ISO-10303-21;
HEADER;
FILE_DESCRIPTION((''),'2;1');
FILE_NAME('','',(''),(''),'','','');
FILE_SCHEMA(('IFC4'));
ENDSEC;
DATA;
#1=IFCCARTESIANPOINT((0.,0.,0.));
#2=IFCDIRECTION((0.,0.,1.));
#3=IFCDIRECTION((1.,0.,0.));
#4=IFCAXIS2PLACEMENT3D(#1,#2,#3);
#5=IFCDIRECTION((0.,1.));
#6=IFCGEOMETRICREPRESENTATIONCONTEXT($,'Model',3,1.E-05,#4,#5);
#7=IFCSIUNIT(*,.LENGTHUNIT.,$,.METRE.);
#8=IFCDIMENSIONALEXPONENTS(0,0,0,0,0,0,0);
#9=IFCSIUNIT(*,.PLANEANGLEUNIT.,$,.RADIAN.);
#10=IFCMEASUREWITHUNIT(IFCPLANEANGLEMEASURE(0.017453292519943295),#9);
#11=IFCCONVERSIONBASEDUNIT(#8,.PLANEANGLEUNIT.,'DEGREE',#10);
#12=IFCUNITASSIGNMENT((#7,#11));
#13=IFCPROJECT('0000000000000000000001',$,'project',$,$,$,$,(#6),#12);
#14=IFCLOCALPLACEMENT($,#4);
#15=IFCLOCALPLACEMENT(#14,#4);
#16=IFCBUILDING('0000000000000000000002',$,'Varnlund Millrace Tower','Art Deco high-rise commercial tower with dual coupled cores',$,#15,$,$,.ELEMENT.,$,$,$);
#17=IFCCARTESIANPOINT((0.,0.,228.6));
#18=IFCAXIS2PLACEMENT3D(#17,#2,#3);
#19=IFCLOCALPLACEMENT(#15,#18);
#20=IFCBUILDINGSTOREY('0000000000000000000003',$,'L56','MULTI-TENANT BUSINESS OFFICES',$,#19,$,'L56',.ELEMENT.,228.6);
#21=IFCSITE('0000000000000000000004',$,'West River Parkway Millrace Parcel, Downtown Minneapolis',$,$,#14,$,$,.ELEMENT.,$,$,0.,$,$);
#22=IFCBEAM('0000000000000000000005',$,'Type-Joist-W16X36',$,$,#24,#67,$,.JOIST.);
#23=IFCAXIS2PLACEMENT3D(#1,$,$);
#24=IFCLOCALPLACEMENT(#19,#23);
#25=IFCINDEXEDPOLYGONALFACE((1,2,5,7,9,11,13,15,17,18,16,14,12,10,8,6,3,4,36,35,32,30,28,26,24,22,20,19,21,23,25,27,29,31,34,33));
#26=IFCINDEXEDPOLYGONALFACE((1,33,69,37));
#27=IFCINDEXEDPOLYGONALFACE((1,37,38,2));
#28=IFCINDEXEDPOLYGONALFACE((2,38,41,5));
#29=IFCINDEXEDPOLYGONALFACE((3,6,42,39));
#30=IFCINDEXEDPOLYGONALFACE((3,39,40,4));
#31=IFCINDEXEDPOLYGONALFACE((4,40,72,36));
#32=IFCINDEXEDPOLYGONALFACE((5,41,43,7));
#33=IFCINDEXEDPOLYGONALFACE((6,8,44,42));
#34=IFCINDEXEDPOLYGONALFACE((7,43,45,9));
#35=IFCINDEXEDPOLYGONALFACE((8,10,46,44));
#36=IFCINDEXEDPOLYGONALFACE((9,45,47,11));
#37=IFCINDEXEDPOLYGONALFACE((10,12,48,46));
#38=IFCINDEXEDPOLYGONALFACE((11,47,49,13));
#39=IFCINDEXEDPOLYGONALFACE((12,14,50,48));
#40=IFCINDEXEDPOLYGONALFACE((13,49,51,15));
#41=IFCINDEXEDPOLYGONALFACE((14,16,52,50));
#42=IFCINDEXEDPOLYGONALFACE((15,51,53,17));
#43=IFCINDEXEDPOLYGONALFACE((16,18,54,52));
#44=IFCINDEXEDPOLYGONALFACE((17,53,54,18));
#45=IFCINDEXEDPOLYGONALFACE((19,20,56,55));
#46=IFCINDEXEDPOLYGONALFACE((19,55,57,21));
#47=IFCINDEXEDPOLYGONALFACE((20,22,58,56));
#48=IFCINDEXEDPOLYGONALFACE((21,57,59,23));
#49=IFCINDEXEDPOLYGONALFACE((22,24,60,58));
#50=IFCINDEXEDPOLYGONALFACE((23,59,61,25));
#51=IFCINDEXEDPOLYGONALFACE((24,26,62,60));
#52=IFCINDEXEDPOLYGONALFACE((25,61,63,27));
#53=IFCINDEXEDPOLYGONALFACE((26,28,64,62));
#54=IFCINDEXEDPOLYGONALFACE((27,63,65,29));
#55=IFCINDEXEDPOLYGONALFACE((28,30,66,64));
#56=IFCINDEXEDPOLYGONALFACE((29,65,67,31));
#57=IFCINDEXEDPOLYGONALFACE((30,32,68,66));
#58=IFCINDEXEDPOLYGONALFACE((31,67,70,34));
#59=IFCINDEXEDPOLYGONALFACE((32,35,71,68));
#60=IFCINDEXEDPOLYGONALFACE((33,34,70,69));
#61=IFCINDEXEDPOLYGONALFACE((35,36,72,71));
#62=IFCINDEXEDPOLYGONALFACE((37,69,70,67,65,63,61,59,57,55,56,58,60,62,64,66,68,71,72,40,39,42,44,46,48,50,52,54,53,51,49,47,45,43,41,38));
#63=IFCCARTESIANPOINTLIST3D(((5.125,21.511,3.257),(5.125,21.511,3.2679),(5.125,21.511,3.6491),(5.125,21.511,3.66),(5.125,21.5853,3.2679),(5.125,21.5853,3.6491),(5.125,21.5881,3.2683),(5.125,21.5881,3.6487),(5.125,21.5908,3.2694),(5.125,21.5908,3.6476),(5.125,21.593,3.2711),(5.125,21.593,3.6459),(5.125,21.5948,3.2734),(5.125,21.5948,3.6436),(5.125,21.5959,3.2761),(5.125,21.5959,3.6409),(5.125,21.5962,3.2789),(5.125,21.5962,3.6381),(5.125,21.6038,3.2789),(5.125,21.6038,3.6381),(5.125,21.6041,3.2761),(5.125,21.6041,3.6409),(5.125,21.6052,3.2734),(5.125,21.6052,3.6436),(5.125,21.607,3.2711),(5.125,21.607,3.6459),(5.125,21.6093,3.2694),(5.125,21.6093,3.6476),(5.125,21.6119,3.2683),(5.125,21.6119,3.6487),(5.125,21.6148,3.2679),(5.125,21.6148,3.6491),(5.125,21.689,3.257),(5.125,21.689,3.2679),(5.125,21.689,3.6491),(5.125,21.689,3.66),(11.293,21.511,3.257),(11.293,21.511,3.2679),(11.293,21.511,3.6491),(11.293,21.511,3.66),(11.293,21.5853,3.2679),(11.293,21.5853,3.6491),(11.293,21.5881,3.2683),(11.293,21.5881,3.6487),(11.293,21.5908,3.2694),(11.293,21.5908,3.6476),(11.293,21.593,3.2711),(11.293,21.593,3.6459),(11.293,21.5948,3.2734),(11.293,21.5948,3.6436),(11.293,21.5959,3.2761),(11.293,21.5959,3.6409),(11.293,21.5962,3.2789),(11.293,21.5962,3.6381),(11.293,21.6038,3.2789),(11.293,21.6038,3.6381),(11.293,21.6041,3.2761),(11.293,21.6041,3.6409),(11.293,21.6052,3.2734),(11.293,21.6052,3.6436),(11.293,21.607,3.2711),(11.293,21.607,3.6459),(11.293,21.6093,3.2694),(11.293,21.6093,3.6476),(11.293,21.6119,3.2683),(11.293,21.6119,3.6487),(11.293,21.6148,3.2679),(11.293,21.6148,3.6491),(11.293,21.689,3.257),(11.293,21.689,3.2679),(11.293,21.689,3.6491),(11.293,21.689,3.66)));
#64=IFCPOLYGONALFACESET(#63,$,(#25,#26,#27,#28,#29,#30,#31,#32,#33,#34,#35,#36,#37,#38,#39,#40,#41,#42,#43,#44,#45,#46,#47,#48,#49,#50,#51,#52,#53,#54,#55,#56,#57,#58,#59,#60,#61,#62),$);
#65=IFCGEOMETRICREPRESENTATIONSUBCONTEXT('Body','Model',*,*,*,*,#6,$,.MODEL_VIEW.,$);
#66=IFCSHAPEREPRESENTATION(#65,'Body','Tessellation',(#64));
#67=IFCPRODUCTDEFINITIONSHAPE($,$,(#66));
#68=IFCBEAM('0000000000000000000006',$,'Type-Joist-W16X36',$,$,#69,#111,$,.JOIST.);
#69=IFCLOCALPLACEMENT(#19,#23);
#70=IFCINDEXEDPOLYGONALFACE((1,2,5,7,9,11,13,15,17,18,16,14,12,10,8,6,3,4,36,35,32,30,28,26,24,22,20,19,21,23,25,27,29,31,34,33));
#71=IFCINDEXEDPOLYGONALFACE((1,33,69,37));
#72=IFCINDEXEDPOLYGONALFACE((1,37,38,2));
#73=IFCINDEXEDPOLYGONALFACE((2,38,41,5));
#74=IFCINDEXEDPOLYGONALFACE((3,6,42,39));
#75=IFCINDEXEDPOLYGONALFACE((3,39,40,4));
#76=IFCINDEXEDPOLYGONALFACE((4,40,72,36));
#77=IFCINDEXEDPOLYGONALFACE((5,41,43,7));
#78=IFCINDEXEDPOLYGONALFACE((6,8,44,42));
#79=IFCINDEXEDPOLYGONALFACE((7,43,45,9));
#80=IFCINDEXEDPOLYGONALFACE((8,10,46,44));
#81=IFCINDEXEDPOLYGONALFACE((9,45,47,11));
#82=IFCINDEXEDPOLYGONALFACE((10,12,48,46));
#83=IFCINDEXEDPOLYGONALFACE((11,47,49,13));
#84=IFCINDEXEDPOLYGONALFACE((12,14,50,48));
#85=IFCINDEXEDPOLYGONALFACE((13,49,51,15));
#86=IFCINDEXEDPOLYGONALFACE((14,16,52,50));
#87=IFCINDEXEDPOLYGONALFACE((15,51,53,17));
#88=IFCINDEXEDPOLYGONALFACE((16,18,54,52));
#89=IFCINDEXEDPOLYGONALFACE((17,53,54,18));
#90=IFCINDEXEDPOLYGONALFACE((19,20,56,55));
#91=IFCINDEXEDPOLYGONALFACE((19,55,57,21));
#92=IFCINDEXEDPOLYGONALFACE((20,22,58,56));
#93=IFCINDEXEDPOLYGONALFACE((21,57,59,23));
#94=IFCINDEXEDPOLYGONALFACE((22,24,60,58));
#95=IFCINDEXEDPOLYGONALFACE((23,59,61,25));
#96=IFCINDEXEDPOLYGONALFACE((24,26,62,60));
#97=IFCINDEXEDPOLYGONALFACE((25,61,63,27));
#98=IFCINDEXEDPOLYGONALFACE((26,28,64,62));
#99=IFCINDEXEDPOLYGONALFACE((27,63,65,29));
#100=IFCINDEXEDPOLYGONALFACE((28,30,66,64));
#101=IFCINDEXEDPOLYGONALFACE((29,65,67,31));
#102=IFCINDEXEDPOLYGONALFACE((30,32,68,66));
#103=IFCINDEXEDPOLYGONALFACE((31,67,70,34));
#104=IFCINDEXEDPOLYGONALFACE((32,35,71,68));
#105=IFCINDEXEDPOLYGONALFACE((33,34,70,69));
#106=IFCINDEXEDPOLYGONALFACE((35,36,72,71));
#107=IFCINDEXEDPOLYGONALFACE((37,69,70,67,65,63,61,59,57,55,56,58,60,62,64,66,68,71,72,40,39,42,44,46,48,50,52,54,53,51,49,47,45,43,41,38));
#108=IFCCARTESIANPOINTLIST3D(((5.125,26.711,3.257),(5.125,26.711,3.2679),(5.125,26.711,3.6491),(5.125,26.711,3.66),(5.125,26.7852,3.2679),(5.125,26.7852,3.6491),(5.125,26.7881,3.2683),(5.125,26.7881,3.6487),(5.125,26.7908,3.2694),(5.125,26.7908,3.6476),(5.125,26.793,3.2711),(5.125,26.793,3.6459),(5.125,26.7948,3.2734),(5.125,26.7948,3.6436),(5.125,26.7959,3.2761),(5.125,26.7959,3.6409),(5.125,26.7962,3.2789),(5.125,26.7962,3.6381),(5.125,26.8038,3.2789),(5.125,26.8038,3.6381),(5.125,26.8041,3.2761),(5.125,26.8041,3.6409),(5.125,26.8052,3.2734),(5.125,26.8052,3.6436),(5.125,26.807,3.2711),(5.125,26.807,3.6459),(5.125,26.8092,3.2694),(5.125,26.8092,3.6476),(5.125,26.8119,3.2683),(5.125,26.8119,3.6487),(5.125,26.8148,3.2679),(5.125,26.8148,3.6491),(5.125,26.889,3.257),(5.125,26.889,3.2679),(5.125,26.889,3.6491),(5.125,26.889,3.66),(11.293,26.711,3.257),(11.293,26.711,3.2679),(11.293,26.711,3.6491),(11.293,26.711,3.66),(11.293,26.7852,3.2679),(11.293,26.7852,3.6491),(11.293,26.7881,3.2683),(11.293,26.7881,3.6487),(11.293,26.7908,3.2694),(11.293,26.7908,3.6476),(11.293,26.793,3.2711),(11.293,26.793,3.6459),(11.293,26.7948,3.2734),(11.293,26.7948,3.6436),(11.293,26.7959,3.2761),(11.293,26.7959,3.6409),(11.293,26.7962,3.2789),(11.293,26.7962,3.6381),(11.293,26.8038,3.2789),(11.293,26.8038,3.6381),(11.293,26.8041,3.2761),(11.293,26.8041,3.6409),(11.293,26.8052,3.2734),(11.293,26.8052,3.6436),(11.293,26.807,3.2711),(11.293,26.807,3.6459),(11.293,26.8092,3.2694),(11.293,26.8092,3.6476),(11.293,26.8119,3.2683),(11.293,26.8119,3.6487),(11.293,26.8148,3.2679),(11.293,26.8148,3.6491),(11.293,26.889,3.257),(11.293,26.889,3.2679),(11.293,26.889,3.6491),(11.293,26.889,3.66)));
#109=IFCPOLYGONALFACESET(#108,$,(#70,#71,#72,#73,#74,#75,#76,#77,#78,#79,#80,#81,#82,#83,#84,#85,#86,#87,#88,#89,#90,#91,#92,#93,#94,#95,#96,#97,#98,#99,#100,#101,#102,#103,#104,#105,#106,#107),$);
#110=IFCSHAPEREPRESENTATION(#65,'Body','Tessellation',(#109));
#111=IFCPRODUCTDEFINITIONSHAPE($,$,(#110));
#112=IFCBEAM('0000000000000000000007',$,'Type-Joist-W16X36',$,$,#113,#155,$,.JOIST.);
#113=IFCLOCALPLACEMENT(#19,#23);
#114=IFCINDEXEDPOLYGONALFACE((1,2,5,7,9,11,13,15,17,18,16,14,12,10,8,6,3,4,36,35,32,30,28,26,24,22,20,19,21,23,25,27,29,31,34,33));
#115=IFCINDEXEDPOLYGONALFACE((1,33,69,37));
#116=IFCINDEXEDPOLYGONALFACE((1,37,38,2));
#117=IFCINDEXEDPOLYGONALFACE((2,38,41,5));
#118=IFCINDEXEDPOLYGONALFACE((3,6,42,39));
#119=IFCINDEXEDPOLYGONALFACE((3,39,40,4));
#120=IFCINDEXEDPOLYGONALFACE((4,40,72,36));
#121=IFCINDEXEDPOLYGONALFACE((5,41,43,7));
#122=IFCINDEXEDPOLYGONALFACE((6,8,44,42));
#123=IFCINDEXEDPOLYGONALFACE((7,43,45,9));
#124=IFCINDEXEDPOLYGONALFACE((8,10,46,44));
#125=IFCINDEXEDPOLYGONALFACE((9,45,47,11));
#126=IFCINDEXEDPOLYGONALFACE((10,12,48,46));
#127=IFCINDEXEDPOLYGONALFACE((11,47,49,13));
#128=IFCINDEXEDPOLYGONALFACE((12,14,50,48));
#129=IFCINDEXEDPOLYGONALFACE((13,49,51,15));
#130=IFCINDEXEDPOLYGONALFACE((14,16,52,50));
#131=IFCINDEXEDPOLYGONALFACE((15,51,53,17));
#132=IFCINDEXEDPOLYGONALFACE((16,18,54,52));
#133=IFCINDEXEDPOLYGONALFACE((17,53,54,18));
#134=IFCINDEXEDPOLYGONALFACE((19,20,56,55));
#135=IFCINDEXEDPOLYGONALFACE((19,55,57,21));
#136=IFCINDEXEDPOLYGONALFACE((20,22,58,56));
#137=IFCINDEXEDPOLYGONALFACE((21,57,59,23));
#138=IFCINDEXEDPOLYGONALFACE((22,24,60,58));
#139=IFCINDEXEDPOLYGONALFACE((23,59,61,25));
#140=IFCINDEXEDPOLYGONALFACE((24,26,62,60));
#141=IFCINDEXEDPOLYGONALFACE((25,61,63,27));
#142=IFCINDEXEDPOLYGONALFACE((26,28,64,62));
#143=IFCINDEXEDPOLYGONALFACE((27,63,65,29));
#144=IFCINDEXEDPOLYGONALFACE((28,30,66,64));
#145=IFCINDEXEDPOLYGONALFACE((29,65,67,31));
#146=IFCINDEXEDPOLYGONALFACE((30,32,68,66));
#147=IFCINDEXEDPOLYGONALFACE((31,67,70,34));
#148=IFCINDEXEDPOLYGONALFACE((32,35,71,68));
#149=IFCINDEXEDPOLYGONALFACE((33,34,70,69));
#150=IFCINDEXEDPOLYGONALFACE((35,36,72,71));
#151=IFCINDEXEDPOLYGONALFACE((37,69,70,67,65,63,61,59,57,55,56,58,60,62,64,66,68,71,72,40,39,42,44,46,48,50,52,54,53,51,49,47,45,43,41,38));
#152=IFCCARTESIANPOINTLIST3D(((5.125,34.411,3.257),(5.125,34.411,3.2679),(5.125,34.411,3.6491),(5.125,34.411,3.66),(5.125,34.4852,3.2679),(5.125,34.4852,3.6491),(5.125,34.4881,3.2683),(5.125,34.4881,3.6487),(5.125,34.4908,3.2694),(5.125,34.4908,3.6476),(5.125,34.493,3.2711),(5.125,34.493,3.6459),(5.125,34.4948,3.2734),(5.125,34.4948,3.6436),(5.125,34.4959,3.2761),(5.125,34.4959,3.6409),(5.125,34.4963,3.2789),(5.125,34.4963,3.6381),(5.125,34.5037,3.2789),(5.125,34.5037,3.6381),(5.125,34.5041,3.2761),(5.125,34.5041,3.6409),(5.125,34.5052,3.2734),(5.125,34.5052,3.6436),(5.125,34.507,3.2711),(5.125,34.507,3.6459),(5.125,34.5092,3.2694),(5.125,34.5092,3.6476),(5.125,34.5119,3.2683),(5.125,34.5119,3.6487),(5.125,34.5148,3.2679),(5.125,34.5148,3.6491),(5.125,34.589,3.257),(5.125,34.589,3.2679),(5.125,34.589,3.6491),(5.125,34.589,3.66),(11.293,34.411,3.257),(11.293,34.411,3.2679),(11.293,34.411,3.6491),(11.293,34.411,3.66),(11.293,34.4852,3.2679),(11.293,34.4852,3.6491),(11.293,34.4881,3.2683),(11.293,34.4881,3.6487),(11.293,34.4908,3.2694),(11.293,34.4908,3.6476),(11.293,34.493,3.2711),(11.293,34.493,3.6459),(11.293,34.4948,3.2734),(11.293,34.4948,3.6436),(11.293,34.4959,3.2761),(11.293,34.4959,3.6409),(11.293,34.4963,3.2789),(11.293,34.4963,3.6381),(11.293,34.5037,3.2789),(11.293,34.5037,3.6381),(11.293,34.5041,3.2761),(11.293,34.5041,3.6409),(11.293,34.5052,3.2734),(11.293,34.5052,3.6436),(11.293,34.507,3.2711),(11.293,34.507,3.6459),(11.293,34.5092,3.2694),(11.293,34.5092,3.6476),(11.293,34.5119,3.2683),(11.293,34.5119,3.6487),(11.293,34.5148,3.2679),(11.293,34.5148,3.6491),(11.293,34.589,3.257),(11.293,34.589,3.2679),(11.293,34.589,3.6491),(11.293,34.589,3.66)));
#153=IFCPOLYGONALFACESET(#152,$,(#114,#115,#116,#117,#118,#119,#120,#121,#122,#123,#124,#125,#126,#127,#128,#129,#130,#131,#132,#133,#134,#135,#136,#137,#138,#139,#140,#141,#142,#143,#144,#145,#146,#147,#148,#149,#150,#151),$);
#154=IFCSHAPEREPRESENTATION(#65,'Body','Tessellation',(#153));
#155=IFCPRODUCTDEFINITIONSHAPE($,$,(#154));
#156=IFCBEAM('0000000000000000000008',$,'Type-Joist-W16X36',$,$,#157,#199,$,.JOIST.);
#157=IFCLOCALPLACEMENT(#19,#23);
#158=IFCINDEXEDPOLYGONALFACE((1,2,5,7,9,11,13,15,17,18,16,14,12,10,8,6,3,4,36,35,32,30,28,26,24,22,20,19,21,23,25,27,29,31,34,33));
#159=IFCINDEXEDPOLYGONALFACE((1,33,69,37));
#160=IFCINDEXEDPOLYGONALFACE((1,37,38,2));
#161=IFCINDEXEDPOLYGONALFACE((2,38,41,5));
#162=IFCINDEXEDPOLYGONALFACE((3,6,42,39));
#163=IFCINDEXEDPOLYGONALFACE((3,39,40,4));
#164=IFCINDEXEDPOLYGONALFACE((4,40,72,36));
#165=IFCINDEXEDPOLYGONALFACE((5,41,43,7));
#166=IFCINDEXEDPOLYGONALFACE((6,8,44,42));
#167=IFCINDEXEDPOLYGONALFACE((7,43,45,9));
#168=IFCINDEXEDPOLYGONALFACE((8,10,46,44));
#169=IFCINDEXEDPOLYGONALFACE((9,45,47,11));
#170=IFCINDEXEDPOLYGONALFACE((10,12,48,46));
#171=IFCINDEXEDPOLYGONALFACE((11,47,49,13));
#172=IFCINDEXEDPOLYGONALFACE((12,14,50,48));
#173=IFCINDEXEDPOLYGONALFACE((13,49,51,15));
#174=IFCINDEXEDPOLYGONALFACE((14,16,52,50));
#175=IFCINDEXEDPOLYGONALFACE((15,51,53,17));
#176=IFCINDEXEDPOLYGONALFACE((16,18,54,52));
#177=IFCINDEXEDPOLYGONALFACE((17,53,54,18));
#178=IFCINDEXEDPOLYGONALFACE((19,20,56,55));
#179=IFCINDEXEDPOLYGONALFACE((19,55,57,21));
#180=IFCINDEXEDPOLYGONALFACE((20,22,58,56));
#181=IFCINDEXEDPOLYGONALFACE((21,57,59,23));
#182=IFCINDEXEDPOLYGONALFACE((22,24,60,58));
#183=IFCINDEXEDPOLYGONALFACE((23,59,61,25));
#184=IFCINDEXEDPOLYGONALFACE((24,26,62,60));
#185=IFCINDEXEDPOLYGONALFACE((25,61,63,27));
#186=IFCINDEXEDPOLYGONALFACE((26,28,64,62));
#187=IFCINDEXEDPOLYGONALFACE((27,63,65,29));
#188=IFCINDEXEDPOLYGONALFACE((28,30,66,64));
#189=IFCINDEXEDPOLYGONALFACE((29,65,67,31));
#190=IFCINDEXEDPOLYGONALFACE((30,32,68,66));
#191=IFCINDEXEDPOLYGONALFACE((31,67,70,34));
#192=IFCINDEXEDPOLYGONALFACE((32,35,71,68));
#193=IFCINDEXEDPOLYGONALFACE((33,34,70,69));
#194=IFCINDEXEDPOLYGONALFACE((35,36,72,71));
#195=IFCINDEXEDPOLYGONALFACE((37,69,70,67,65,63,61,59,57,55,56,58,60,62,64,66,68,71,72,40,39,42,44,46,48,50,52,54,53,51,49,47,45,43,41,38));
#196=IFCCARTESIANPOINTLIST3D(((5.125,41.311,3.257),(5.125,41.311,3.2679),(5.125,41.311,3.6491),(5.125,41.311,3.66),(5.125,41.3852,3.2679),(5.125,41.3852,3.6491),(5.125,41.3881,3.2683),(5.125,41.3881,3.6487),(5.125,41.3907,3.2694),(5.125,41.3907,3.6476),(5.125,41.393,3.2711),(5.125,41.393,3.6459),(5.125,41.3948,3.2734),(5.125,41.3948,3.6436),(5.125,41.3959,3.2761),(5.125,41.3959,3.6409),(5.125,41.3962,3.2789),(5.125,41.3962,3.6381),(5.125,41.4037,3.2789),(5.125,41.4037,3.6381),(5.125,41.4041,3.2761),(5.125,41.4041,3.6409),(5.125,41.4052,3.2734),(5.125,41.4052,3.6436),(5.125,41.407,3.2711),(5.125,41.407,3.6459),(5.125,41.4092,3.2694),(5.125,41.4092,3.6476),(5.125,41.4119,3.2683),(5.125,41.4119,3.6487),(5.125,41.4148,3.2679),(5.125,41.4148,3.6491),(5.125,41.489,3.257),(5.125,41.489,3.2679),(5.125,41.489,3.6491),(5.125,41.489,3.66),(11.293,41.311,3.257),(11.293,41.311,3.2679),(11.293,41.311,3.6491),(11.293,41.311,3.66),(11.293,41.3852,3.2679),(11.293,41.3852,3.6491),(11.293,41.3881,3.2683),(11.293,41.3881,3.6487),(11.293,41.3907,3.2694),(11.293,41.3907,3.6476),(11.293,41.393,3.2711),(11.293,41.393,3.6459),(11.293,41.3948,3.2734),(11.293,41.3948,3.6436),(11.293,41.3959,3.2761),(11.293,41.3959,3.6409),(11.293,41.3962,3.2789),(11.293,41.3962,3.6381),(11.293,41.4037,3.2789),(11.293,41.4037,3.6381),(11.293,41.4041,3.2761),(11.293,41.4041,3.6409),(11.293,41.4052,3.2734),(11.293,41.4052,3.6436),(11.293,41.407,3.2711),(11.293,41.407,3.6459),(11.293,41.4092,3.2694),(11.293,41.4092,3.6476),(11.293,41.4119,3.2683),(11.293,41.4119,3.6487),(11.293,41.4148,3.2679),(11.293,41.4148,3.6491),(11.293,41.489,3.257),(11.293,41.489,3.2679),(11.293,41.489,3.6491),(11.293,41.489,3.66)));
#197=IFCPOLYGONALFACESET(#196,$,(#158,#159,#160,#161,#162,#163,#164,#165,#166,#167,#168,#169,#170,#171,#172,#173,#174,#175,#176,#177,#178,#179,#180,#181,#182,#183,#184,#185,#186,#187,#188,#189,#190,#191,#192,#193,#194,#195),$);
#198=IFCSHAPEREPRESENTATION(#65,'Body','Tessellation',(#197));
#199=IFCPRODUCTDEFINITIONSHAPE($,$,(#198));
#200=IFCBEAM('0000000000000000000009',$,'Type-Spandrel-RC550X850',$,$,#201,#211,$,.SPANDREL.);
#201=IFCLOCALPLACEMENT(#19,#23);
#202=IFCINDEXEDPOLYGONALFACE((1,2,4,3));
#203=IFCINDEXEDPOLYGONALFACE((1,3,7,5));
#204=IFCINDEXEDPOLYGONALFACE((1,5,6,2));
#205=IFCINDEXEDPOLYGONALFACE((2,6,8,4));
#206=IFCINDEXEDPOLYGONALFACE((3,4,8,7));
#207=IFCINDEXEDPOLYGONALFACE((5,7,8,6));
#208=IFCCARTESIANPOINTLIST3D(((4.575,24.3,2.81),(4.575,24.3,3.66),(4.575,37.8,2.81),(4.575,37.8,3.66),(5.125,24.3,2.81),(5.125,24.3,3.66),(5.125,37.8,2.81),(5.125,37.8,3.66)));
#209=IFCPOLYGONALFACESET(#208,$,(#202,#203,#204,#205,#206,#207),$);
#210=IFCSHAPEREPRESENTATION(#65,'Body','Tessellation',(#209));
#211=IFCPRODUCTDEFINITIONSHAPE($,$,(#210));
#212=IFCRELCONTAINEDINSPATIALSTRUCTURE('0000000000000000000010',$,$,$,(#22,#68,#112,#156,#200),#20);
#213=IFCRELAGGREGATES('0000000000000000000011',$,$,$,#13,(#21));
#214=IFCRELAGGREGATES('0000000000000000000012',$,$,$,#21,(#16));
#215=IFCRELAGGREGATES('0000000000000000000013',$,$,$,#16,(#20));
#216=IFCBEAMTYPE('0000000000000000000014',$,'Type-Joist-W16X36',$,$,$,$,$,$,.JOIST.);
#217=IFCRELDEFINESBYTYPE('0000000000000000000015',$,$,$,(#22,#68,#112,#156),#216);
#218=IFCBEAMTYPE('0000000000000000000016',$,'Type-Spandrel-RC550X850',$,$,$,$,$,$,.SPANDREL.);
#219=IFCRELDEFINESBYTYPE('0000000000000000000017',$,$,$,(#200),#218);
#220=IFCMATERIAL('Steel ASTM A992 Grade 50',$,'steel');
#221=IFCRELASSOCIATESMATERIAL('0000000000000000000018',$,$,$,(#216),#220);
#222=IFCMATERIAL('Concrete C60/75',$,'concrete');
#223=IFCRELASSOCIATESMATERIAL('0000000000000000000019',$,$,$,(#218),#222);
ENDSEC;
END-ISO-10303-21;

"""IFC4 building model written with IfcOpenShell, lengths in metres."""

from ifc_helpers import new_model, entity, si_unit, converted_unit, direction, frame, origin_with_axes, origin_2d_with_axis, place, context, subcontext, project, spatial, rectangle, i_section, extrude, material, material_profile, profile_set, type_object, element, save


model = new_model("IFC4")

# Units and contexts
model_context = context("Model", 3, precision=1e-05, world=origin_with_axes(), true_north=direction((0.0, 1.0)))
body_context = subcontext(model_context, "Body", "Model", "MODEL_VIEW")
ifc_project = project(units=[si_unit("LENGTHUNIT", "METRE"), converted_unit("PLANEANGLEUNIT", "DEGREE", entity("IfcPlaneAngleMeasure", 0.017453292519943295), si_unit("PLANEANGLEUNIT", "RADIAN"), dimensions=[0, 0, 0, 0, 0, 0, 0])], contexts=[model_context])

# Site, building, storey
site_placement = place(None, origin_with_axes())
site = spatial("IfcSite", under=ifc_project, at=site_placement, Name="West River Parkway Millrace Parcel, Downtown Minneapolis", CompositionType="ELEMENT", RefElevation=0.0)
building_placement = place(site_placement, origin_with_axes())
building = spatial("IfcBuilding", under=site, at=building_placement, Name="Varnlund Millrace Tower", Description="Art Deco high-rise commercial tower with dual coupled cores", CompositionType="ELEMENT")
storey_placement = place(building_placement, frame((0.0, 0.0, 228.6), z_axis=(0.0, 0.0, 1.0), x_axis=(1.0, 0.0, 0.0)))
storey = spatial("IfcBuildingStorey", under=building, at=storey_placement, Name="L56", Description="MULTI-TENANT BUSINESS OFFICES", LongName="L56", CompositionType="ELEMENT", Elevation=228.6)

# Beams
ifc_material_1 = material(Name="Steel ASTM A992 Grade 50", Category="steel")
ifc_material_profile_1 = material_profile(ifc_material_1, i_section(OverallWidth=0.178, OverallDepth=0.403, WebThickness=0.0075, FlangeThickness=0.0109, FilletRadius=0.011, at=origin_2d_with_axis()), Name="Steel ASTM A992 Grade 50")
ifc_profile_set_1 = profile_set([ifc_material_profile_1], Name="Steel ASTM A992 Grade 50")
beam_type_1 = type_object("IfcBeamType", Name="Type-Joist-W16X36", PredefinedType="JOIST", material=ifc_profile_set_1)
for number, where, z_axis, x_axis, name in (
    (1, (5.125, 21.6, 3.4585), (1.0, 0.0, 0.0), (0.0, 1.0, 0.0), "Type-Joist-W16X36"),
    (2, (5.125, 26.8, 3.4585), (1.0, 0.0, 0.0), (0.0, 1.0, 0.0), "Type-Joist-W16X36"),
    (3, (5.125, 34.5, 3.4585), (1.0, 0.0, 0.0), (0.0, 1.0, 0.0), "Type-Joist-W16X36"),
    (4, (5.125, 41.4, 3.4585), (1.0, 0.0, 0.0), (0.0, 1.0, 0.0), "Type-Joist-W16X36"),
):
    element("IfcBeam", number, at=place(storey_placement, frame(where, z_axis=z_axis, x_axis=x_axis)), inside=storey, type_object=beam_type_1, Name=name, PredefinedType="JOIST", context=body_context, shape_type="SweptSolid", body=[
        extrude(i_section(OverallWidth=0.178, OverallDepth=0.403, WebThickness=0.0075, FlangeThickness=0.0109, FilletRadius=0.011, at=origin_2d_with_axis()), origin_with_axes(), (0.0, 0.0, 1.0), 6.168),
    ])
ifc_material_2 = material(Name="Concrete C60/75", Category="concrete")
ifc_material_profile_2 = material_profile(ifc_material_2, rectangle(XDim=0.55, YDim=0.85, at=origin_2d_with_axis()), Name="Concrete C60/75")
ifc_profile_set_2 = profile_set([ifc_material_profile_2], Name="Concrete C60/75")
beam_type_2 = type_object("IfcBeamType", Name="Type-Spandrel-RC550X850", PredefinedType="SPANDREL", material=ifc_profile_set_2)
beam_1_placement = place(storey_placement, frame((4.85, 24.3, 3.235), z_axis=(0.0, 1.0, 0.0), x_axis=(-1.0, 0.0, 0.0)))
element("IfcBeam", 5, at=beam_1_placement, inside=storey, type_object=beam_type_2, Name="Type-Spandrel-RC550X850", PredefinedType="SPANDREL", context=body_context, shape_type="SweptSolid", body=[
    extrude(rectangle(XDim=0.55, YDim=0.85, at=origin_2d_with_axis()), origin_with_axes(), (0.0, 0.0, 1.0), 13.5),
])

save(model, "model.ifc")
